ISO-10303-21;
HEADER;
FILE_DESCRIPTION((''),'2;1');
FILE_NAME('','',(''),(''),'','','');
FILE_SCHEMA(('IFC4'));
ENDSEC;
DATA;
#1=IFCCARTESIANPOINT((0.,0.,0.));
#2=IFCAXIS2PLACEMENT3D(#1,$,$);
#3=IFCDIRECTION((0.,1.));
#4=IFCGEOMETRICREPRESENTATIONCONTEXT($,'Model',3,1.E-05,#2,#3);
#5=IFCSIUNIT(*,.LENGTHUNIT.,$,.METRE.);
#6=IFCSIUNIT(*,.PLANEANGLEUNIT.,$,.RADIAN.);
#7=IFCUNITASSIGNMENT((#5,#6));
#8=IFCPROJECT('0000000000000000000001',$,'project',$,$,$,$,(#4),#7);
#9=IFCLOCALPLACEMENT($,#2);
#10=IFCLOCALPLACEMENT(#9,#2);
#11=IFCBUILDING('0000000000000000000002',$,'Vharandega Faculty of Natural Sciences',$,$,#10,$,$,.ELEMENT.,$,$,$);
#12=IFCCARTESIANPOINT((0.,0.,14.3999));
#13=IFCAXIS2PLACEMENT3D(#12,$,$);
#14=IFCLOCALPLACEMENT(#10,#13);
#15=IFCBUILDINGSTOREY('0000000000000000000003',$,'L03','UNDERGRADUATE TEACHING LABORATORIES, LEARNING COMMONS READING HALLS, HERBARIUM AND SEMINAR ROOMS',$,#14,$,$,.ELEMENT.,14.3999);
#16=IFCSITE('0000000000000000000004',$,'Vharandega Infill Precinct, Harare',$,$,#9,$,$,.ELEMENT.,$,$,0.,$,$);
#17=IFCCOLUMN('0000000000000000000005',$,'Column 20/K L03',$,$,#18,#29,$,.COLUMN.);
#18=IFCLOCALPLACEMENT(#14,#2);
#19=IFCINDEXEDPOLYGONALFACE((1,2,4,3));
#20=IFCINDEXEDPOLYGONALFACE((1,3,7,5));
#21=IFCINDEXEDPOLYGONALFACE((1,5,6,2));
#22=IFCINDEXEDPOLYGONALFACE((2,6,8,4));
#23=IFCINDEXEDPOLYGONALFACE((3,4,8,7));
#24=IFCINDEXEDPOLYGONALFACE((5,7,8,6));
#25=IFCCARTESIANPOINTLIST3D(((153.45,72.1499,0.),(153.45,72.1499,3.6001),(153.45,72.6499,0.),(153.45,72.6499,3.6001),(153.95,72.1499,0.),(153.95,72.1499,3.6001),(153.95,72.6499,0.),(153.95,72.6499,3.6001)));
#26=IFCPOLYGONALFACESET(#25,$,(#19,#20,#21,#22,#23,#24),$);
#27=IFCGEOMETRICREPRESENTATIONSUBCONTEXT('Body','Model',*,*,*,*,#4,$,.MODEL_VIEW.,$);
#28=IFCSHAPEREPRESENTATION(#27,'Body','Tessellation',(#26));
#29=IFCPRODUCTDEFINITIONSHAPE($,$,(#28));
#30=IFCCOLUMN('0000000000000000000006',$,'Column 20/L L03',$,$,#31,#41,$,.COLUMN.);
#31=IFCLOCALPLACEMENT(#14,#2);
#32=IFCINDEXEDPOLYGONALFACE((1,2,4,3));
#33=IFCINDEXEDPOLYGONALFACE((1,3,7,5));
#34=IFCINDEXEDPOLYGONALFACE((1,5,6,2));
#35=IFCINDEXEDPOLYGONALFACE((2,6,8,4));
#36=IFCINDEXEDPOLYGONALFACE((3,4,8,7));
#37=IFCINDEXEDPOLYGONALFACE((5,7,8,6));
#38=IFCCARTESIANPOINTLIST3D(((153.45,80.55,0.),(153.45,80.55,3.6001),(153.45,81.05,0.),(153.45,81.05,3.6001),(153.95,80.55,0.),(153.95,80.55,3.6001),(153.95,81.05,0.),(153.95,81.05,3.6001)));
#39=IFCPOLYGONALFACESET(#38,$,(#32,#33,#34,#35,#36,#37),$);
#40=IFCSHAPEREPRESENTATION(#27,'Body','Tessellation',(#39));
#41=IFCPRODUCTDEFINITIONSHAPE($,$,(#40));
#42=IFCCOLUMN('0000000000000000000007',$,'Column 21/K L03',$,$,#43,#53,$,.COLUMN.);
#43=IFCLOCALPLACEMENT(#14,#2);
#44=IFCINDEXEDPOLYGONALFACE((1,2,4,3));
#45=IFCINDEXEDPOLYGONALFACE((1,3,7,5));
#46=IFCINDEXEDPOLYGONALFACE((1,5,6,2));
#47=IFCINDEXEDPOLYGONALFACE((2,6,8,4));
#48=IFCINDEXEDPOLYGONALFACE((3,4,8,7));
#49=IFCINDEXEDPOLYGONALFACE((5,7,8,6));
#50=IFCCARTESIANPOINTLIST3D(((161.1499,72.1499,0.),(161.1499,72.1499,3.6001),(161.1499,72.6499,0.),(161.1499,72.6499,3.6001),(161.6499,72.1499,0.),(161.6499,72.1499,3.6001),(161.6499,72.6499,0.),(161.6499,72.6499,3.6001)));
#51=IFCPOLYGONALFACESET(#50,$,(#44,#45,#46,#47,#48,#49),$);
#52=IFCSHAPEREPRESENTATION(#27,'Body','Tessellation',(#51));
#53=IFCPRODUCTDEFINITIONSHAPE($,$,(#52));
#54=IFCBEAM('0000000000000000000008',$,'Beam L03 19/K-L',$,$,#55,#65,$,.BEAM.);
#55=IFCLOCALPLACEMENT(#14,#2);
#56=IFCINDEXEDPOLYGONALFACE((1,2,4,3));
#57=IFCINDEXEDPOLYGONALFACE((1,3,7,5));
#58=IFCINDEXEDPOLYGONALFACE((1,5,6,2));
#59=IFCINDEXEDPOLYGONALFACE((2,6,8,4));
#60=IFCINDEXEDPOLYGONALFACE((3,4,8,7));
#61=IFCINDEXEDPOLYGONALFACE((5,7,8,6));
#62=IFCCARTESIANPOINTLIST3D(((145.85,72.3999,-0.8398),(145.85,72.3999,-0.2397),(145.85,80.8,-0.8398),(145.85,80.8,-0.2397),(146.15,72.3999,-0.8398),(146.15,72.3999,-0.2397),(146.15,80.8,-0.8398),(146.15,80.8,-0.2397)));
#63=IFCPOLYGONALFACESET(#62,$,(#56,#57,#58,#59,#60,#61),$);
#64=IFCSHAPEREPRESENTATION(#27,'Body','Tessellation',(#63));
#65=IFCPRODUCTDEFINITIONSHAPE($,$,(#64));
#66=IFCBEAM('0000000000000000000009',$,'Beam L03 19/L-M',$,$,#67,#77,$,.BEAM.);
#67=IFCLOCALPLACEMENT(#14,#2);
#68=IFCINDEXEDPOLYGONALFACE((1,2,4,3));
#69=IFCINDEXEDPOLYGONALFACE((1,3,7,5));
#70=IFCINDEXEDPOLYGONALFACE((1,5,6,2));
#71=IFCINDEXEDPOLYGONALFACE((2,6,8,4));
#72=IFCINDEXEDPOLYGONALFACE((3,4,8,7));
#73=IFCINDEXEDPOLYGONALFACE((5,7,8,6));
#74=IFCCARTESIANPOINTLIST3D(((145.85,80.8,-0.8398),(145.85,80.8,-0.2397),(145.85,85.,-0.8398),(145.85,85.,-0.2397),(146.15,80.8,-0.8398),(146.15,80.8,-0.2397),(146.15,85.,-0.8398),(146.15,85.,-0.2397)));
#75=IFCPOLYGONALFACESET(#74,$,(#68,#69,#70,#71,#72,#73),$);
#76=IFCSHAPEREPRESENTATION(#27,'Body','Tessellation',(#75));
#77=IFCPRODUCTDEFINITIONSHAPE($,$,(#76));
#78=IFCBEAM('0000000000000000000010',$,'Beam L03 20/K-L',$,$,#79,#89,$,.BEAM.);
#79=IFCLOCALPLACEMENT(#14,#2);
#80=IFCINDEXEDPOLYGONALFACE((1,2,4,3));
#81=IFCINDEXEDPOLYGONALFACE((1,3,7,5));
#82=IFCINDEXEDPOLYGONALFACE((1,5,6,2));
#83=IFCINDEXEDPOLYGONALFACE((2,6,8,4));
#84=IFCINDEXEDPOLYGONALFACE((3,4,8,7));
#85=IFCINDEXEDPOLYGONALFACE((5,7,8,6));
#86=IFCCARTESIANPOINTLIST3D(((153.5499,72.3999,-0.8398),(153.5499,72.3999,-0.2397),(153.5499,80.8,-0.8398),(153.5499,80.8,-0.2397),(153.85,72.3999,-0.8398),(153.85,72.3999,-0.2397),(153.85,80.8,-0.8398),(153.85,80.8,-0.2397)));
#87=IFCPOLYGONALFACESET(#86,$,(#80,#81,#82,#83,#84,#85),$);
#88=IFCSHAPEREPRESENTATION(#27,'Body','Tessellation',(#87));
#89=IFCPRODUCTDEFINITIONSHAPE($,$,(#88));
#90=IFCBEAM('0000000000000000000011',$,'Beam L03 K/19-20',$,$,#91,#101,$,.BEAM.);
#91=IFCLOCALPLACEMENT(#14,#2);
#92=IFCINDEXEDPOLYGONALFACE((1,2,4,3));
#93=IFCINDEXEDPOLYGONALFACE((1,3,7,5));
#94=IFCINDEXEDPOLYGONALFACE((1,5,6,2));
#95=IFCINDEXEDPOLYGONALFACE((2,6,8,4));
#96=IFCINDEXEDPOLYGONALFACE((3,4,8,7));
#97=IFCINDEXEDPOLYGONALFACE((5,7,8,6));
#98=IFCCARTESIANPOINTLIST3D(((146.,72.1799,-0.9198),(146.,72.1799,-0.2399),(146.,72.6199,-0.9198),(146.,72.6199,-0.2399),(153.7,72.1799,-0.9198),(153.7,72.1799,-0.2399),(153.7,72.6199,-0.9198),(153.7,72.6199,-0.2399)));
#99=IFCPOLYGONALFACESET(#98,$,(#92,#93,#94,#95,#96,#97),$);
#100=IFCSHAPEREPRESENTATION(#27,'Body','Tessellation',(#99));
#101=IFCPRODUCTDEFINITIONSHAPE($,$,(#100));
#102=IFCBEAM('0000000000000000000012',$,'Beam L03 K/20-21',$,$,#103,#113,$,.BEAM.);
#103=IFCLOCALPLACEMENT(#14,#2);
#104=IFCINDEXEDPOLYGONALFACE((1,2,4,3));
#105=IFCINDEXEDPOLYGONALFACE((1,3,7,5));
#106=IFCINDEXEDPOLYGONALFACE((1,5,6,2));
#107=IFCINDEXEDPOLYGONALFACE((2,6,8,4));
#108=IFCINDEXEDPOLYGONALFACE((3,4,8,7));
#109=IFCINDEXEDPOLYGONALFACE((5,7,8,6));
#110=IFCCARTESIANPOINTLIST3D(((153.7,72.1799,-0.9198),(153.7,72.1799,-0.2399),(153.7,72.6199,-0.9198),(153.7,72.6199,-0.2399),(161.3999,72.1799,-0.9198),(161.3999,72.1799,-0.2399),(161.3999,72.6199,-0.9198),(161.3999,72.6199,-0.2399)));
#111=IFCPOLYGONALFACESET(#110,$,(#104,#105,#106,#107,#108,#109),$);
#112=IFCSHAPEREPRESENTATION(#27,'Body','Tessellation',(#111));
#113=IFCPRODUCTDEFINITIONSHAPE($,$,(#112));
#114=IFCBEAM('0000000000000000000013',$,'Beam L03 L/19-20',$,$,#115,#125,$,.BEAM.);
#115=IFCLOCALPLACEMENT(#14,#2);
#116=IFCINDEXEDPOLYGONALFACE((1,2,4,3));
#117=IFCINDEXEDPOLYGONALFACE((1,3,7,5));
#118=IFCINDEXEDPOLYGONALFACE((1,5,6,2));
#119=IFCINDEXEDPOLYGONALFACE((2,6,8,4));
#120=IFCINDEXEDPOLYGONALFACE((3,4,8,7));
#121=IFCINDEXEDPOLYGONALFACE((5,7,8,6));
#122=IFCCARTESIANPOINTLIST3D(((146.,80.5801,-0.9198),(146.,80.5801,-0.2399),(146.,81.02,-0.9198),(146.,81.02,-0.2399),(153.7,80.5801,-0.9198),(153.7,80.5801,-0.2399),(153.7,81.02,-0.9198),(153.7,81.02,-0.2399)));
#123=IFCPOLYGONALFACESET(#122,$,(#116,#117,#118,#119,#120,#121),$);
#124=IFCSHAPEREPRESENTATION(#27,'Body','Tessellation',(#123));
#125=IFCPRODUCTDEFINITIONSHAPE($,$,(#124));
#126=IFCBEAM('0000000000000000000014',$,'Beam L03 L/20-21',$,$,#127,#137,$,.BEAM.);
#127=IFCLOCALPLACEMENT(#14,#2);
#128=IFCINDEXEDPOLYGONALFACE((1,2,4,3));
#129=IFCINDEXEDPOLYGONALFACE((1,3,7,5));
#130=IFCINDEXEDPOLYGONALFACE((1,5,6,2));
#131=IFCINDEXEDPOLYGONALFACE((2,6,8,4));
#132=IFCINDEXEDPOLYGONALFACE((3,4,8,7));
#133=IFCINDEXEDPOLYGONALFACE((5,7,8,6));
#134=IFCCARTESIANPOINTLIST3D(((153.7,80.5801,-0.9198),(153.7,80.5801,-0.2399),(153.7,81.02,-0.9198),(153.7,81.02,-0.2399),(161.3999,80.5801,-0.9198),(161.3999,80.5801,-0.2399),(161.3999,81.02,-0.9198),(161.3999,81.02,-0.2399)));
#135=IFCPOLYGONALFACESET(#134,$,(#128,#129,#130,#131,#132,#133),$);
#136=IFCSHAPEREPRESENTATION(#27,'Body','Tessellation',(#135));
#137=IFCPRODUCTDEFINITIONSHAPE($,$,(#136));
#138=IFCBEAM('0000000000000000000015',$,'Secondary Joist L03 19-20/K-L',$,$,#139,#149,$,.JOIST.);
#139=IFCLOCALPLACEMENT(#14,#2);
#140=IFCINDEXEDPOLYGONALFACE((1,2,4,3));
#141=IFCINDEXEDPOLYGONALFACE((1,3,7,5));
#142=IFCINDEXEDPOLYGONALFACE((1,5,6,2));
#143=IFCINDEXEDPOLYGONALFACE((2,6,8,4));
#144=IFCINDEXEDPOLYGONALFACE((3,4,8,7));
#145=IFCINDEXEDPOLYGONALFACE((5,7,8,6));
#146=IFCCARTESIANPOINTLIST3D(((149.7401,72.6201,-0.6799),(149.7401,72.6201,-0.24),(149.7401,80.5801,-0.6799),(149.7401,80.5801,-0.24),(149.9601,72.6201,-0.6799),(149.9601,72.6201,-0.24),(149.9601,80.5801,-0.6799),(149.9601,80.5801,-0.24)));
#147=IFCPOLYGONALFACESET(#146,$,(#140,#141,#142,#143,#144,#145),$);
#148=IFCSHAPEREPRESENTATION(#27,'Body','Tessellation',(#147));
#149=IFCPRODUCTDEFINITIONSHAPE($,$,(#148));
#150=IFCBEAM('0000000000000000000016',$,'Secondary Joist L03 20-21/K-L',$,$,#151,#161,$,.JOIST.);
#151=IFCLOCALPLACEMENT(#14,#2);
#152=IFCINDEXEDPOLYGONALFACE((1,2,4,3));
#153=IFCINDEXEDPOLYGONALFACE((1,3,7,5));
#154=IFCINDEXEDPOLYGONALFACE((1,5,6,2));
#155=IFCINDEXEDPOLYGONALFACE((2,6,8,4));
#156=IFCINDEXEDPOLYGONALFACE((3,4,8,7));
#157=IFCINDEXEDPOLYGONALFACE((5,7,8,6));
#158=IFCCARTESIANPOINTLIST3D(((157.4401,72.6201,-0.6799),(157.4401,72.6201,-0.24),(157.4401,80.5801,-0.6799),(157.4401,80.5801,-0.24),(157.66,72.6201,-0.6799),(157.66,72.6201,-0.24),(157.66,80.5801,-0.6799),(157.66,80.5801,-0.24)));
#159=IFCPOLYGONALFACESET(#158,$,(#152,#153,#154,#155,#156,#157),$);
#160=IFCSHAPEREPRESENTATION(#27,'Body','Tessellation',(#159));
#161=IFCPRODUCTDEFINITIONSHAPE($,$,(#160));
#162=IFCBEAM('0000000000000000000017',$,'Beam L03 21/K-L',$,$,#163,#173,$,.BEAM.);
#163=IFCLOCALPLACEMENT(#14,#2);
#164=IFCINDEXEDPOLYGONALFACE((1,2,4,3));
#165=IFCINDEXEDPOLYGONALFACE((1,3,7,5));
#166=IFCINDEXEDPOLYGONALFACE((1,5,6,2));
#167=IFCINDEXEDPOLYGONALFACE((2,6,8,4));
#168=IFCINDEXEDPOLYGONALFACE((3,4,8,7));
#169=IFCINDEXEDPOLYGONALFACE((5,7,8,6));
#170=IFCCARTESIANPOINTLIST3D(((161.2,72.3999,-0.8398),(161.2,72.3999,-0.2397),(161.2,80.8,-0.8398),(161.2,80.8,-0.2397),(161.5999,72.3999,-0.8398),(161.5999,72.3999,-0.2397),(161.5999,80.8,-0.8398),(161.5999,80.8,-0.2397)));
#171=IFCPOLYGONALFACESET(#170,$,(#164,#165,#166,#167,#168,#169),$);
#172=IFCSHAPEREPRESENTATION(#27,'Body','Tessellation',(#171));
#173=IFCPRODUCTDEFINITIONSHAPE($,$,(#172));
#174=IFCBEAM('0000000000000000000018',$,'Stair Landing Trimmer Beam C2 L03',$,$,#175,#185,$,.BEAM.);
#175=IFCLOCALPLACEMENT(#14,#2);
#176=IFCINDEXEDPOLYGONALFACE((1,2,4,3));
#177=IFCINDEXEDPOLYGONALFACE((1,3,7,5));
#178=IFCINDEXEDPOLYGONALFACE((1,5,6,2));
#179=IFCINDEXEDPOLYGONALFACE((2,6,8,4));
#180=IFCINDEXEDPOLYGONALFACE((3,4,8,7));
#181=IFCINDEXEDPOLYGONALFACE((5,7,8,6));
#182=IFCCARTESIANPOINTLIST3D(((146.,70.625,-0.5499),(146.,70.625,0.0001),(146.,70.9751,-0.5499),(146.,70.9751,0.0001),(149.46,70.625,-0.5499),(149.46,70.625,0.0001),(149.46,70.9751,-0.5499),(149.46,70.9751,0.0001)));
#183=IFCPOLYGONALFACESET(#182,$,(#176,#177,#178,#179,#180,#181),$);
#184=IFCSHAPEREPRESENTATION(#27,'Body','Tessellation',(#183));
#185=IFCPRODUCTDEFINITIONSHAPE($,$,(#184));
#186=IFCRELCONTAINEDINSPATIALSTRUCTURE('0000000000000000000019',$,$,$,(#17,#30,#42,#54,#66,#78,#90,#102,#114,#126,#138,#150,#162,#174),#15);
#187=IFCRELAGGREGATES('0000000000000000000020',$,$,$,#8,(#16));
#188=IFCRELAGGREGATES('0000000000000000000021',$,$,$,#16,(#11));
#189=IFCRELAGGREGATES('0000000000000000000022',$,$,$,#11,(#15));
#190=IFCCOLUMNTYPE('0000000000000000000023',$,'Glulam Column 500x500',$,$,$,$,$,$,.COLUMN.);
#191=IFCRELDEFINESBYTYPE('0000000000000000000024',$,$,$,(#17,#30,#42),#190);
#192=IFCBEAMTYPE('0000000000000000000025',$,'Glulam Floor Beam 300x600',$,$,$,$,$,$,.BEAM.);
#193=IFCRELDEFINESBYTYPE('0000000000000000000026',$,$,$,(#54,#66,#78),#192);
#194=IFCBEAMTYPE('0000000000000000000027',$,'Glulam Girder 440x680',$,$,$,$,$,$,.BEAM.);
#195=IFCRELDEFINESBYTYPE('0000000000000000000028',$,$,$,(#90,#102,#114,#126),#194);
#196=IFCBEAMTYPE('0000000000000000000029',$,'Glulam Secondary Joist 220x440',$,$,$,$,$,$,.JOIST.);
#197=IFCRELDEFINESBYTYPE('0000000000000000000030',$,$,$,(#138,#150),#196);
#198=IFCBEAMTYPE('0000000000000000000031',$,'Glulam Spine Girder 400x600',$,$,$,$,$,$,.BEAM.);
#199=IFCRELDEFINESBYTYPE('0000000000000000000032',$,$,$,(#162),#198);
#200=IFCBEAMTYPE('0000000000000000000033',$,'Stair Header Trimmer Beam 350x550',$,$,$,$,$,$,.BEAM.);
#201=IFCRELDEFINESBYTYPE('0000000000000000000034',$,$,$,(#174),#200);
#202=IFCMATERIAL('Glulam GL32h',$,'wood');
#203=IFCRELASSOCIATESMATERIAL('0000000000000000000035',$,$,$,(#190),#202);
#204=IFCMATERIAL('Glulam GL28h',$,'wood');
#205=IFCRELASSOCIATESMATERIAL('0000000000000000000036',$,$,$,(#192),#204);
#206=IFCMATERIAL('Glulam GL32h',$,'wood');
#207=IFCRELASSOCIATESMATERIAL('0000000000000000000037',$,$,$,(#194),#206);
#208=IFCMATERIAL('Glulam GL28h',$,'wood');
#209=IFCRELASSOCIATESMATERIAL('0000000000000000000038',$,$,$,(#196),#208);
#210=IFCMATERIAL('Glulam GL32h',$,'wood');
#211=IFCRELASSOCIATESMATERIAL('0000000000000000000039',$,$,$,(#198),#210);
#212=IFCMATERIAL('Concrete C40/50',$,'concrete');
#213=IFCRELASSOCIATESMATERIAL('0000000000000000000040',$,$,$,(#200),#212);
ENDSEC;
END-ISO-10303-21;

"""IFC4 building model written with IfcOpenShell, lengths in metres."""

from ifc_helpers import new_model, si_unit, direction, frame, origin, origin_2d, place, context, subcontext, project, spatial, rectangle, extrude, material, material_profile, profile_set, type_object, element, save


model = new_model("IFC4")

# Units and contexts
model_context = context("Model", 3, precision=1e-05, world=origin(), true_north=direction((0.0, 1.0)))
body_context = subcontext(model_context, "Body", "Model", "MODEL_VIEW")
ifc_project = project(units=[si_unit("LENGTHUNIT", "METRE"), si_unit("PLANEANGLEUNIT", "RADIAN")], contexts=[model_context])

# Site, building, storey
site_placement = place(None, origin())
site = spatial("IfcSite", under=ifc_project, at=site_placement, Name="Vharandega Infill Precinct, Harare", CompositionType="ELEMENT", RefElevation=0.0)
building_placement = place(site_placement, origin())
building = spatial("IfcBuilding", under=site, at=building_placement, Name="Vharandega Faculty of Natural Sciences", CompositionType="ELEMENT")
storey_placement = place(building_placement, frame((0.0, 0.0, 14.3999)))
storey = spatial("IfcBuildingStorey", under=building, at=storey_placement, Name="L03", Description="UNDERGRADUATE TEACHING LABORATORIES, LEARNING COMMONS READING HALLS, HERBARIUM AND SEMINAR ROOMS", CompositionType="ELEMENT", Elevation=14.3999)

# Columns
ifc_material_1 = material(Name="Glulam GL32h", Category="wood")
ifc_material_profile_1 = material_profile(ifc_material_1, rectangle(XDim=0.5, YDim=0.5, at=origin_2d()), Name="GL32h 500x500")
ifc_profile_set_1 = profile_set([ifc_material_profile_1], Name="Glulam GL32h")
column_type = type_object("IfcColumnType", Name="Glulam Column 500x500", PredefinedType="COLUMN", material=ifc_profile_set_1)
for number, where, z_axis, x_axis, name in (
    (1, (153.7, 72.3999, 0.0), (0.0, 0.0, 1.0), (1.0, 0.0, 0.0), "Column 20/K L03"),
    (2, (153.7, 80.8, 0.0), (0.0, 0.0, 1.0), (1.0, 0.0, 0.0), "Column 20/L L03"),
    (3, (161.3999, 72.3999, 0.0), (0.0, 0.0, 1.0), (1.0, 0.0, 0.0), "Column 21/K L03"),
):
    element("IfcColumn", number, at=place(storey_placement, frame(where, z_axis=z_axis, x_axis=x_axis)), inside=storey, type_object=column_type, Name=name, PredefinedType="COLUMN", context=body_context, shape_type="SweptSolid", body=[
        extrude(rectangle(XDim=0.5, YDim=0.5, at=origin_2d()), origin(), (0.0, 0.0, 1.0), 3.6001),
    ])

# Beams
ifc_material_2 = material(Name="Glulam GL28h", Category="wood")
ifc_material_profile_2 = material_profile(ifc_material_2, rectangle(XDim=0.3, YDim=0.6001, at=origin_2d()), Name="GL28h 300x600")
ifc_profile_set_2 = profile_set([ifc_material_profile_2], Name="Glulam GL28h")
beam_type_1 = type_object("IfcBeamType", Name="Glulam Floor Beam 300x600", PredefinedType="BEAM", material=ifc_profile_set_2)
beam_1_placement = place(storey_placement, frame((146.0, 72.3999, -0.5398), z_axis=(0.0, 1.0, 0.0), x_axis=(-1.0, 0.0, 0.0)))
element("IfcBeam", 4, at=beam_1_placement, inside=storey, type_object=beam_type_1, Name="Beam L03 19/K-L", PredefinedType="BEAM", context=body_context, shape_type="SweptSolid", body=[
    extrude(rectangle(XDim=0.3, YDim=0.6001, at=origin_2d()), origin(), (0.0, 0.0, 1.0), 8.4001),
])
beam_2_placement = place(storey_placement, frame((146.0, 80.8, -0.5398), z_axis=(0.0, 1.0, 0.0), x_axis=(-1.0, 0.0, 0.0)))
element("IfcBeam", 5, at=beam_2_placement, inside=storey, type_object=beam_type_1, Name="Beam L03 19/L-M", PredefinedType="BEAM", context=body_context, shape_type="SweptSolid", body=[
    extrude(rectangle(XDim=0.3, YDim=0.6001, at=origin_2d()), origin(), (0.0, 0.0, 1.0), 4.2),
])
beam_3_placement = place(storey_placement, frame((153.7, 72.3999, -0.5398), z_axis=(0.0, 1.0, 0.0), x_axis=(-1.0, 0.0, 0.0)))
element("IfcBeam", 6, at=beam_3_placement, inside=storey, type_object=beam_type_1, Name="Beam L03 20/K-L", PredefinedType="BEAM", context=body_context, shape_type="SweptSolid", body=[
    extrude(rectangle(XDim=0.3, YDim=0.6001, at=origin_2d()), origin(), (0.0, 0.0, 1.0), 8.4001),
])
ifc_material_3 = material(Name="Glulam GL32h", Category="wood")
ifc_material_profile_3 = material_profile(ifc_material_3, rectangle(XDim=0.4399, YDim=0.6799, at=origin_2d()), Name="GL32h 440x680")
ifc_profile_set_3 = profile_set([ifc_material_profile_3], Name="Glulam GL32h")
beam_type_2 = type_object("IfcBeamType", Name="Glulam Girder 440x680", PredefinedType="BEAM", material=ifc_profile_set_3)
for number, where, z_axis, x_axis, name in (
    (7, (146.0, 72.3999, -0.5798), (1.0, 0.0, 0.0), (0.0, 1.0, 0.0), "Beam L03 K/19-20"),
    (8, (153.7, 72.3999, -0.5798), (1.0, 0.0, 0.0), (0.0, 1.0, 0.0), "Beam L03 K/20-21"),
    (9, (146.0, 80.8, -0.5798), (1.0, 0.0, 0.0), (0.0, 1.0, 0.0), "Beam L03 L/19-20"),
    (10, (153.7, 80.8, -0.5798), (1.0, 0.0, 0.0), (0.0, 1.0, 0.0), "Beam L03 L/20-21"),
):
    element("IfcBeam", number, at=place(storey_placement, frame(where, z_axis=z_axis, x_axis=x_axis)), inside=storey, type_object=beam_type_2, Name=name, PredefinedType="BEAM", context=body_context, shape_type="SweptSolid", body=[
        extrude(rectangle(XDim=0.4399, YDim=0.6799, at=origin_2d()), origin(), (0.0, 0.0, 1.0), 7.7),
    ])
ifc_material_4 = material(Name="Glulam GL28h", Category="wood")
ifc_material_profile_4 = material_profile(ifc_material_4, rectangle(XDim=0.22, YDim=0.4399, at=origin_2d()), Name="GL28h 220x440")
ifc_profile_set_4 = profile_set([ifc_material_profile_4], Name="Glulam GL28h")
beam_type_3 = type_object("IfcBeamType", Name="Glulam Secondary Joist 220x440", PredefinedType="JOIST", material=ifc_profile_set_4)
for number, where, z_axis, x_axis, name in (
    (11, (149.8501, 72.6201, -0.46), (0.0, 1.0, 0.0), (-1.0, 0.0, 0.0), "Secondary Joist L03 19-20/K-L"),
    (12, (157.55, 72.6201, -0.46), (0.0, 1.0, 0.0), (-1.0, 0.0, 0.0), "Secondary Joist L03 20-21/K-L"),
):
    element("IfcBeam", number, at=place(storey_placement, frame(where, z_axis=z_axis, x_axis=x_axis)), inside=storey, type_object=beam_type_3, Name=name, PredefinedType="JOIST", context=body_context, shape_type="SweptSolid", body=[
        extrude(rectangle(XDim=0.22, YDim=0.4399, at=origin_2d()), origin(), (0.0, 0.0, 1.0), 7.96),
    ])
ifc_material_5 = material(Name="Glulam GL32h", Category="wood")
ifc_material_profile_5 = material_profile(ifc_material_5, rectangle(XDim=0.3999, YDim=0.6001, at=origin_2d()), Name="GL32h 400x600")
ifc_profile_set_5 = profile_set([ifc_material_profile_5], Name="Glulam GL32h")
beam_type_4 = type_object("IfcBeamType", Name="Glulam Spine Girder 400x600", PredefinedType="BEAM", material=ifc_profile_set_5)
beam_4_placement = place(storey_placement, frame((161.3999, 72.3999, -0.5398), z_axis=(0.0, 1.0, 0.0), x_axis=(-1.0, 0.0, 0.0)))
element("IfcBeam", 13, at=beam_4_placement, inside=storey, type_object=beam_type_4, Name="Beam L03 21/K-L", PredefinedType="BEAM", context=body_context, shape_type="SweptSolid", body=[
    extrude(rectangle(XDim=0.3999, YDim=0.6001, at=origin_2d()), origin(), (0.0, 0.0, 1.0), 8.4001),
])
ifc_material_6 = material(Name="Concrete C40/50", Category="concrete")
ifc_material_profile_6 = material_profile(ifc_material_6, rectangle(XDim=0.3501, YDim=0.55, at=origin_2d()), Name="RC 350x550")
ifc_profile_set_6 = profile_set([ifc_material_profile_6], Name="Concrete C40/50")
beam_type_5 = type_object("IfcBeamType", Name="Stair Header Trimmer Beam 350x550", PredefinedType="BEAM", material=ifc_profile_set_6)
beam_5_placement = place(storey_placement, frame((146.0, 70.8, -0.2749), z_axis=(1.0, 0.0, 0.0), x_axis=(0.0, 1.0, 0.0)))
element("IfcBeam", 14, at=beam_5_placement, inside=storey, type_object=beam_type_5, Name="Stair Landing Trimmer Beam C2 L03", PredefinedType="BEAM", context=body_context, shape_type="SweptSolid", body=[
    extrude(rectangle(XDim=0.3501, YDim=0.55, at=origin_2d()), origin(), (0.0, 0.0, 1.0), 3.46),
])

save(model, "model.ifc")
